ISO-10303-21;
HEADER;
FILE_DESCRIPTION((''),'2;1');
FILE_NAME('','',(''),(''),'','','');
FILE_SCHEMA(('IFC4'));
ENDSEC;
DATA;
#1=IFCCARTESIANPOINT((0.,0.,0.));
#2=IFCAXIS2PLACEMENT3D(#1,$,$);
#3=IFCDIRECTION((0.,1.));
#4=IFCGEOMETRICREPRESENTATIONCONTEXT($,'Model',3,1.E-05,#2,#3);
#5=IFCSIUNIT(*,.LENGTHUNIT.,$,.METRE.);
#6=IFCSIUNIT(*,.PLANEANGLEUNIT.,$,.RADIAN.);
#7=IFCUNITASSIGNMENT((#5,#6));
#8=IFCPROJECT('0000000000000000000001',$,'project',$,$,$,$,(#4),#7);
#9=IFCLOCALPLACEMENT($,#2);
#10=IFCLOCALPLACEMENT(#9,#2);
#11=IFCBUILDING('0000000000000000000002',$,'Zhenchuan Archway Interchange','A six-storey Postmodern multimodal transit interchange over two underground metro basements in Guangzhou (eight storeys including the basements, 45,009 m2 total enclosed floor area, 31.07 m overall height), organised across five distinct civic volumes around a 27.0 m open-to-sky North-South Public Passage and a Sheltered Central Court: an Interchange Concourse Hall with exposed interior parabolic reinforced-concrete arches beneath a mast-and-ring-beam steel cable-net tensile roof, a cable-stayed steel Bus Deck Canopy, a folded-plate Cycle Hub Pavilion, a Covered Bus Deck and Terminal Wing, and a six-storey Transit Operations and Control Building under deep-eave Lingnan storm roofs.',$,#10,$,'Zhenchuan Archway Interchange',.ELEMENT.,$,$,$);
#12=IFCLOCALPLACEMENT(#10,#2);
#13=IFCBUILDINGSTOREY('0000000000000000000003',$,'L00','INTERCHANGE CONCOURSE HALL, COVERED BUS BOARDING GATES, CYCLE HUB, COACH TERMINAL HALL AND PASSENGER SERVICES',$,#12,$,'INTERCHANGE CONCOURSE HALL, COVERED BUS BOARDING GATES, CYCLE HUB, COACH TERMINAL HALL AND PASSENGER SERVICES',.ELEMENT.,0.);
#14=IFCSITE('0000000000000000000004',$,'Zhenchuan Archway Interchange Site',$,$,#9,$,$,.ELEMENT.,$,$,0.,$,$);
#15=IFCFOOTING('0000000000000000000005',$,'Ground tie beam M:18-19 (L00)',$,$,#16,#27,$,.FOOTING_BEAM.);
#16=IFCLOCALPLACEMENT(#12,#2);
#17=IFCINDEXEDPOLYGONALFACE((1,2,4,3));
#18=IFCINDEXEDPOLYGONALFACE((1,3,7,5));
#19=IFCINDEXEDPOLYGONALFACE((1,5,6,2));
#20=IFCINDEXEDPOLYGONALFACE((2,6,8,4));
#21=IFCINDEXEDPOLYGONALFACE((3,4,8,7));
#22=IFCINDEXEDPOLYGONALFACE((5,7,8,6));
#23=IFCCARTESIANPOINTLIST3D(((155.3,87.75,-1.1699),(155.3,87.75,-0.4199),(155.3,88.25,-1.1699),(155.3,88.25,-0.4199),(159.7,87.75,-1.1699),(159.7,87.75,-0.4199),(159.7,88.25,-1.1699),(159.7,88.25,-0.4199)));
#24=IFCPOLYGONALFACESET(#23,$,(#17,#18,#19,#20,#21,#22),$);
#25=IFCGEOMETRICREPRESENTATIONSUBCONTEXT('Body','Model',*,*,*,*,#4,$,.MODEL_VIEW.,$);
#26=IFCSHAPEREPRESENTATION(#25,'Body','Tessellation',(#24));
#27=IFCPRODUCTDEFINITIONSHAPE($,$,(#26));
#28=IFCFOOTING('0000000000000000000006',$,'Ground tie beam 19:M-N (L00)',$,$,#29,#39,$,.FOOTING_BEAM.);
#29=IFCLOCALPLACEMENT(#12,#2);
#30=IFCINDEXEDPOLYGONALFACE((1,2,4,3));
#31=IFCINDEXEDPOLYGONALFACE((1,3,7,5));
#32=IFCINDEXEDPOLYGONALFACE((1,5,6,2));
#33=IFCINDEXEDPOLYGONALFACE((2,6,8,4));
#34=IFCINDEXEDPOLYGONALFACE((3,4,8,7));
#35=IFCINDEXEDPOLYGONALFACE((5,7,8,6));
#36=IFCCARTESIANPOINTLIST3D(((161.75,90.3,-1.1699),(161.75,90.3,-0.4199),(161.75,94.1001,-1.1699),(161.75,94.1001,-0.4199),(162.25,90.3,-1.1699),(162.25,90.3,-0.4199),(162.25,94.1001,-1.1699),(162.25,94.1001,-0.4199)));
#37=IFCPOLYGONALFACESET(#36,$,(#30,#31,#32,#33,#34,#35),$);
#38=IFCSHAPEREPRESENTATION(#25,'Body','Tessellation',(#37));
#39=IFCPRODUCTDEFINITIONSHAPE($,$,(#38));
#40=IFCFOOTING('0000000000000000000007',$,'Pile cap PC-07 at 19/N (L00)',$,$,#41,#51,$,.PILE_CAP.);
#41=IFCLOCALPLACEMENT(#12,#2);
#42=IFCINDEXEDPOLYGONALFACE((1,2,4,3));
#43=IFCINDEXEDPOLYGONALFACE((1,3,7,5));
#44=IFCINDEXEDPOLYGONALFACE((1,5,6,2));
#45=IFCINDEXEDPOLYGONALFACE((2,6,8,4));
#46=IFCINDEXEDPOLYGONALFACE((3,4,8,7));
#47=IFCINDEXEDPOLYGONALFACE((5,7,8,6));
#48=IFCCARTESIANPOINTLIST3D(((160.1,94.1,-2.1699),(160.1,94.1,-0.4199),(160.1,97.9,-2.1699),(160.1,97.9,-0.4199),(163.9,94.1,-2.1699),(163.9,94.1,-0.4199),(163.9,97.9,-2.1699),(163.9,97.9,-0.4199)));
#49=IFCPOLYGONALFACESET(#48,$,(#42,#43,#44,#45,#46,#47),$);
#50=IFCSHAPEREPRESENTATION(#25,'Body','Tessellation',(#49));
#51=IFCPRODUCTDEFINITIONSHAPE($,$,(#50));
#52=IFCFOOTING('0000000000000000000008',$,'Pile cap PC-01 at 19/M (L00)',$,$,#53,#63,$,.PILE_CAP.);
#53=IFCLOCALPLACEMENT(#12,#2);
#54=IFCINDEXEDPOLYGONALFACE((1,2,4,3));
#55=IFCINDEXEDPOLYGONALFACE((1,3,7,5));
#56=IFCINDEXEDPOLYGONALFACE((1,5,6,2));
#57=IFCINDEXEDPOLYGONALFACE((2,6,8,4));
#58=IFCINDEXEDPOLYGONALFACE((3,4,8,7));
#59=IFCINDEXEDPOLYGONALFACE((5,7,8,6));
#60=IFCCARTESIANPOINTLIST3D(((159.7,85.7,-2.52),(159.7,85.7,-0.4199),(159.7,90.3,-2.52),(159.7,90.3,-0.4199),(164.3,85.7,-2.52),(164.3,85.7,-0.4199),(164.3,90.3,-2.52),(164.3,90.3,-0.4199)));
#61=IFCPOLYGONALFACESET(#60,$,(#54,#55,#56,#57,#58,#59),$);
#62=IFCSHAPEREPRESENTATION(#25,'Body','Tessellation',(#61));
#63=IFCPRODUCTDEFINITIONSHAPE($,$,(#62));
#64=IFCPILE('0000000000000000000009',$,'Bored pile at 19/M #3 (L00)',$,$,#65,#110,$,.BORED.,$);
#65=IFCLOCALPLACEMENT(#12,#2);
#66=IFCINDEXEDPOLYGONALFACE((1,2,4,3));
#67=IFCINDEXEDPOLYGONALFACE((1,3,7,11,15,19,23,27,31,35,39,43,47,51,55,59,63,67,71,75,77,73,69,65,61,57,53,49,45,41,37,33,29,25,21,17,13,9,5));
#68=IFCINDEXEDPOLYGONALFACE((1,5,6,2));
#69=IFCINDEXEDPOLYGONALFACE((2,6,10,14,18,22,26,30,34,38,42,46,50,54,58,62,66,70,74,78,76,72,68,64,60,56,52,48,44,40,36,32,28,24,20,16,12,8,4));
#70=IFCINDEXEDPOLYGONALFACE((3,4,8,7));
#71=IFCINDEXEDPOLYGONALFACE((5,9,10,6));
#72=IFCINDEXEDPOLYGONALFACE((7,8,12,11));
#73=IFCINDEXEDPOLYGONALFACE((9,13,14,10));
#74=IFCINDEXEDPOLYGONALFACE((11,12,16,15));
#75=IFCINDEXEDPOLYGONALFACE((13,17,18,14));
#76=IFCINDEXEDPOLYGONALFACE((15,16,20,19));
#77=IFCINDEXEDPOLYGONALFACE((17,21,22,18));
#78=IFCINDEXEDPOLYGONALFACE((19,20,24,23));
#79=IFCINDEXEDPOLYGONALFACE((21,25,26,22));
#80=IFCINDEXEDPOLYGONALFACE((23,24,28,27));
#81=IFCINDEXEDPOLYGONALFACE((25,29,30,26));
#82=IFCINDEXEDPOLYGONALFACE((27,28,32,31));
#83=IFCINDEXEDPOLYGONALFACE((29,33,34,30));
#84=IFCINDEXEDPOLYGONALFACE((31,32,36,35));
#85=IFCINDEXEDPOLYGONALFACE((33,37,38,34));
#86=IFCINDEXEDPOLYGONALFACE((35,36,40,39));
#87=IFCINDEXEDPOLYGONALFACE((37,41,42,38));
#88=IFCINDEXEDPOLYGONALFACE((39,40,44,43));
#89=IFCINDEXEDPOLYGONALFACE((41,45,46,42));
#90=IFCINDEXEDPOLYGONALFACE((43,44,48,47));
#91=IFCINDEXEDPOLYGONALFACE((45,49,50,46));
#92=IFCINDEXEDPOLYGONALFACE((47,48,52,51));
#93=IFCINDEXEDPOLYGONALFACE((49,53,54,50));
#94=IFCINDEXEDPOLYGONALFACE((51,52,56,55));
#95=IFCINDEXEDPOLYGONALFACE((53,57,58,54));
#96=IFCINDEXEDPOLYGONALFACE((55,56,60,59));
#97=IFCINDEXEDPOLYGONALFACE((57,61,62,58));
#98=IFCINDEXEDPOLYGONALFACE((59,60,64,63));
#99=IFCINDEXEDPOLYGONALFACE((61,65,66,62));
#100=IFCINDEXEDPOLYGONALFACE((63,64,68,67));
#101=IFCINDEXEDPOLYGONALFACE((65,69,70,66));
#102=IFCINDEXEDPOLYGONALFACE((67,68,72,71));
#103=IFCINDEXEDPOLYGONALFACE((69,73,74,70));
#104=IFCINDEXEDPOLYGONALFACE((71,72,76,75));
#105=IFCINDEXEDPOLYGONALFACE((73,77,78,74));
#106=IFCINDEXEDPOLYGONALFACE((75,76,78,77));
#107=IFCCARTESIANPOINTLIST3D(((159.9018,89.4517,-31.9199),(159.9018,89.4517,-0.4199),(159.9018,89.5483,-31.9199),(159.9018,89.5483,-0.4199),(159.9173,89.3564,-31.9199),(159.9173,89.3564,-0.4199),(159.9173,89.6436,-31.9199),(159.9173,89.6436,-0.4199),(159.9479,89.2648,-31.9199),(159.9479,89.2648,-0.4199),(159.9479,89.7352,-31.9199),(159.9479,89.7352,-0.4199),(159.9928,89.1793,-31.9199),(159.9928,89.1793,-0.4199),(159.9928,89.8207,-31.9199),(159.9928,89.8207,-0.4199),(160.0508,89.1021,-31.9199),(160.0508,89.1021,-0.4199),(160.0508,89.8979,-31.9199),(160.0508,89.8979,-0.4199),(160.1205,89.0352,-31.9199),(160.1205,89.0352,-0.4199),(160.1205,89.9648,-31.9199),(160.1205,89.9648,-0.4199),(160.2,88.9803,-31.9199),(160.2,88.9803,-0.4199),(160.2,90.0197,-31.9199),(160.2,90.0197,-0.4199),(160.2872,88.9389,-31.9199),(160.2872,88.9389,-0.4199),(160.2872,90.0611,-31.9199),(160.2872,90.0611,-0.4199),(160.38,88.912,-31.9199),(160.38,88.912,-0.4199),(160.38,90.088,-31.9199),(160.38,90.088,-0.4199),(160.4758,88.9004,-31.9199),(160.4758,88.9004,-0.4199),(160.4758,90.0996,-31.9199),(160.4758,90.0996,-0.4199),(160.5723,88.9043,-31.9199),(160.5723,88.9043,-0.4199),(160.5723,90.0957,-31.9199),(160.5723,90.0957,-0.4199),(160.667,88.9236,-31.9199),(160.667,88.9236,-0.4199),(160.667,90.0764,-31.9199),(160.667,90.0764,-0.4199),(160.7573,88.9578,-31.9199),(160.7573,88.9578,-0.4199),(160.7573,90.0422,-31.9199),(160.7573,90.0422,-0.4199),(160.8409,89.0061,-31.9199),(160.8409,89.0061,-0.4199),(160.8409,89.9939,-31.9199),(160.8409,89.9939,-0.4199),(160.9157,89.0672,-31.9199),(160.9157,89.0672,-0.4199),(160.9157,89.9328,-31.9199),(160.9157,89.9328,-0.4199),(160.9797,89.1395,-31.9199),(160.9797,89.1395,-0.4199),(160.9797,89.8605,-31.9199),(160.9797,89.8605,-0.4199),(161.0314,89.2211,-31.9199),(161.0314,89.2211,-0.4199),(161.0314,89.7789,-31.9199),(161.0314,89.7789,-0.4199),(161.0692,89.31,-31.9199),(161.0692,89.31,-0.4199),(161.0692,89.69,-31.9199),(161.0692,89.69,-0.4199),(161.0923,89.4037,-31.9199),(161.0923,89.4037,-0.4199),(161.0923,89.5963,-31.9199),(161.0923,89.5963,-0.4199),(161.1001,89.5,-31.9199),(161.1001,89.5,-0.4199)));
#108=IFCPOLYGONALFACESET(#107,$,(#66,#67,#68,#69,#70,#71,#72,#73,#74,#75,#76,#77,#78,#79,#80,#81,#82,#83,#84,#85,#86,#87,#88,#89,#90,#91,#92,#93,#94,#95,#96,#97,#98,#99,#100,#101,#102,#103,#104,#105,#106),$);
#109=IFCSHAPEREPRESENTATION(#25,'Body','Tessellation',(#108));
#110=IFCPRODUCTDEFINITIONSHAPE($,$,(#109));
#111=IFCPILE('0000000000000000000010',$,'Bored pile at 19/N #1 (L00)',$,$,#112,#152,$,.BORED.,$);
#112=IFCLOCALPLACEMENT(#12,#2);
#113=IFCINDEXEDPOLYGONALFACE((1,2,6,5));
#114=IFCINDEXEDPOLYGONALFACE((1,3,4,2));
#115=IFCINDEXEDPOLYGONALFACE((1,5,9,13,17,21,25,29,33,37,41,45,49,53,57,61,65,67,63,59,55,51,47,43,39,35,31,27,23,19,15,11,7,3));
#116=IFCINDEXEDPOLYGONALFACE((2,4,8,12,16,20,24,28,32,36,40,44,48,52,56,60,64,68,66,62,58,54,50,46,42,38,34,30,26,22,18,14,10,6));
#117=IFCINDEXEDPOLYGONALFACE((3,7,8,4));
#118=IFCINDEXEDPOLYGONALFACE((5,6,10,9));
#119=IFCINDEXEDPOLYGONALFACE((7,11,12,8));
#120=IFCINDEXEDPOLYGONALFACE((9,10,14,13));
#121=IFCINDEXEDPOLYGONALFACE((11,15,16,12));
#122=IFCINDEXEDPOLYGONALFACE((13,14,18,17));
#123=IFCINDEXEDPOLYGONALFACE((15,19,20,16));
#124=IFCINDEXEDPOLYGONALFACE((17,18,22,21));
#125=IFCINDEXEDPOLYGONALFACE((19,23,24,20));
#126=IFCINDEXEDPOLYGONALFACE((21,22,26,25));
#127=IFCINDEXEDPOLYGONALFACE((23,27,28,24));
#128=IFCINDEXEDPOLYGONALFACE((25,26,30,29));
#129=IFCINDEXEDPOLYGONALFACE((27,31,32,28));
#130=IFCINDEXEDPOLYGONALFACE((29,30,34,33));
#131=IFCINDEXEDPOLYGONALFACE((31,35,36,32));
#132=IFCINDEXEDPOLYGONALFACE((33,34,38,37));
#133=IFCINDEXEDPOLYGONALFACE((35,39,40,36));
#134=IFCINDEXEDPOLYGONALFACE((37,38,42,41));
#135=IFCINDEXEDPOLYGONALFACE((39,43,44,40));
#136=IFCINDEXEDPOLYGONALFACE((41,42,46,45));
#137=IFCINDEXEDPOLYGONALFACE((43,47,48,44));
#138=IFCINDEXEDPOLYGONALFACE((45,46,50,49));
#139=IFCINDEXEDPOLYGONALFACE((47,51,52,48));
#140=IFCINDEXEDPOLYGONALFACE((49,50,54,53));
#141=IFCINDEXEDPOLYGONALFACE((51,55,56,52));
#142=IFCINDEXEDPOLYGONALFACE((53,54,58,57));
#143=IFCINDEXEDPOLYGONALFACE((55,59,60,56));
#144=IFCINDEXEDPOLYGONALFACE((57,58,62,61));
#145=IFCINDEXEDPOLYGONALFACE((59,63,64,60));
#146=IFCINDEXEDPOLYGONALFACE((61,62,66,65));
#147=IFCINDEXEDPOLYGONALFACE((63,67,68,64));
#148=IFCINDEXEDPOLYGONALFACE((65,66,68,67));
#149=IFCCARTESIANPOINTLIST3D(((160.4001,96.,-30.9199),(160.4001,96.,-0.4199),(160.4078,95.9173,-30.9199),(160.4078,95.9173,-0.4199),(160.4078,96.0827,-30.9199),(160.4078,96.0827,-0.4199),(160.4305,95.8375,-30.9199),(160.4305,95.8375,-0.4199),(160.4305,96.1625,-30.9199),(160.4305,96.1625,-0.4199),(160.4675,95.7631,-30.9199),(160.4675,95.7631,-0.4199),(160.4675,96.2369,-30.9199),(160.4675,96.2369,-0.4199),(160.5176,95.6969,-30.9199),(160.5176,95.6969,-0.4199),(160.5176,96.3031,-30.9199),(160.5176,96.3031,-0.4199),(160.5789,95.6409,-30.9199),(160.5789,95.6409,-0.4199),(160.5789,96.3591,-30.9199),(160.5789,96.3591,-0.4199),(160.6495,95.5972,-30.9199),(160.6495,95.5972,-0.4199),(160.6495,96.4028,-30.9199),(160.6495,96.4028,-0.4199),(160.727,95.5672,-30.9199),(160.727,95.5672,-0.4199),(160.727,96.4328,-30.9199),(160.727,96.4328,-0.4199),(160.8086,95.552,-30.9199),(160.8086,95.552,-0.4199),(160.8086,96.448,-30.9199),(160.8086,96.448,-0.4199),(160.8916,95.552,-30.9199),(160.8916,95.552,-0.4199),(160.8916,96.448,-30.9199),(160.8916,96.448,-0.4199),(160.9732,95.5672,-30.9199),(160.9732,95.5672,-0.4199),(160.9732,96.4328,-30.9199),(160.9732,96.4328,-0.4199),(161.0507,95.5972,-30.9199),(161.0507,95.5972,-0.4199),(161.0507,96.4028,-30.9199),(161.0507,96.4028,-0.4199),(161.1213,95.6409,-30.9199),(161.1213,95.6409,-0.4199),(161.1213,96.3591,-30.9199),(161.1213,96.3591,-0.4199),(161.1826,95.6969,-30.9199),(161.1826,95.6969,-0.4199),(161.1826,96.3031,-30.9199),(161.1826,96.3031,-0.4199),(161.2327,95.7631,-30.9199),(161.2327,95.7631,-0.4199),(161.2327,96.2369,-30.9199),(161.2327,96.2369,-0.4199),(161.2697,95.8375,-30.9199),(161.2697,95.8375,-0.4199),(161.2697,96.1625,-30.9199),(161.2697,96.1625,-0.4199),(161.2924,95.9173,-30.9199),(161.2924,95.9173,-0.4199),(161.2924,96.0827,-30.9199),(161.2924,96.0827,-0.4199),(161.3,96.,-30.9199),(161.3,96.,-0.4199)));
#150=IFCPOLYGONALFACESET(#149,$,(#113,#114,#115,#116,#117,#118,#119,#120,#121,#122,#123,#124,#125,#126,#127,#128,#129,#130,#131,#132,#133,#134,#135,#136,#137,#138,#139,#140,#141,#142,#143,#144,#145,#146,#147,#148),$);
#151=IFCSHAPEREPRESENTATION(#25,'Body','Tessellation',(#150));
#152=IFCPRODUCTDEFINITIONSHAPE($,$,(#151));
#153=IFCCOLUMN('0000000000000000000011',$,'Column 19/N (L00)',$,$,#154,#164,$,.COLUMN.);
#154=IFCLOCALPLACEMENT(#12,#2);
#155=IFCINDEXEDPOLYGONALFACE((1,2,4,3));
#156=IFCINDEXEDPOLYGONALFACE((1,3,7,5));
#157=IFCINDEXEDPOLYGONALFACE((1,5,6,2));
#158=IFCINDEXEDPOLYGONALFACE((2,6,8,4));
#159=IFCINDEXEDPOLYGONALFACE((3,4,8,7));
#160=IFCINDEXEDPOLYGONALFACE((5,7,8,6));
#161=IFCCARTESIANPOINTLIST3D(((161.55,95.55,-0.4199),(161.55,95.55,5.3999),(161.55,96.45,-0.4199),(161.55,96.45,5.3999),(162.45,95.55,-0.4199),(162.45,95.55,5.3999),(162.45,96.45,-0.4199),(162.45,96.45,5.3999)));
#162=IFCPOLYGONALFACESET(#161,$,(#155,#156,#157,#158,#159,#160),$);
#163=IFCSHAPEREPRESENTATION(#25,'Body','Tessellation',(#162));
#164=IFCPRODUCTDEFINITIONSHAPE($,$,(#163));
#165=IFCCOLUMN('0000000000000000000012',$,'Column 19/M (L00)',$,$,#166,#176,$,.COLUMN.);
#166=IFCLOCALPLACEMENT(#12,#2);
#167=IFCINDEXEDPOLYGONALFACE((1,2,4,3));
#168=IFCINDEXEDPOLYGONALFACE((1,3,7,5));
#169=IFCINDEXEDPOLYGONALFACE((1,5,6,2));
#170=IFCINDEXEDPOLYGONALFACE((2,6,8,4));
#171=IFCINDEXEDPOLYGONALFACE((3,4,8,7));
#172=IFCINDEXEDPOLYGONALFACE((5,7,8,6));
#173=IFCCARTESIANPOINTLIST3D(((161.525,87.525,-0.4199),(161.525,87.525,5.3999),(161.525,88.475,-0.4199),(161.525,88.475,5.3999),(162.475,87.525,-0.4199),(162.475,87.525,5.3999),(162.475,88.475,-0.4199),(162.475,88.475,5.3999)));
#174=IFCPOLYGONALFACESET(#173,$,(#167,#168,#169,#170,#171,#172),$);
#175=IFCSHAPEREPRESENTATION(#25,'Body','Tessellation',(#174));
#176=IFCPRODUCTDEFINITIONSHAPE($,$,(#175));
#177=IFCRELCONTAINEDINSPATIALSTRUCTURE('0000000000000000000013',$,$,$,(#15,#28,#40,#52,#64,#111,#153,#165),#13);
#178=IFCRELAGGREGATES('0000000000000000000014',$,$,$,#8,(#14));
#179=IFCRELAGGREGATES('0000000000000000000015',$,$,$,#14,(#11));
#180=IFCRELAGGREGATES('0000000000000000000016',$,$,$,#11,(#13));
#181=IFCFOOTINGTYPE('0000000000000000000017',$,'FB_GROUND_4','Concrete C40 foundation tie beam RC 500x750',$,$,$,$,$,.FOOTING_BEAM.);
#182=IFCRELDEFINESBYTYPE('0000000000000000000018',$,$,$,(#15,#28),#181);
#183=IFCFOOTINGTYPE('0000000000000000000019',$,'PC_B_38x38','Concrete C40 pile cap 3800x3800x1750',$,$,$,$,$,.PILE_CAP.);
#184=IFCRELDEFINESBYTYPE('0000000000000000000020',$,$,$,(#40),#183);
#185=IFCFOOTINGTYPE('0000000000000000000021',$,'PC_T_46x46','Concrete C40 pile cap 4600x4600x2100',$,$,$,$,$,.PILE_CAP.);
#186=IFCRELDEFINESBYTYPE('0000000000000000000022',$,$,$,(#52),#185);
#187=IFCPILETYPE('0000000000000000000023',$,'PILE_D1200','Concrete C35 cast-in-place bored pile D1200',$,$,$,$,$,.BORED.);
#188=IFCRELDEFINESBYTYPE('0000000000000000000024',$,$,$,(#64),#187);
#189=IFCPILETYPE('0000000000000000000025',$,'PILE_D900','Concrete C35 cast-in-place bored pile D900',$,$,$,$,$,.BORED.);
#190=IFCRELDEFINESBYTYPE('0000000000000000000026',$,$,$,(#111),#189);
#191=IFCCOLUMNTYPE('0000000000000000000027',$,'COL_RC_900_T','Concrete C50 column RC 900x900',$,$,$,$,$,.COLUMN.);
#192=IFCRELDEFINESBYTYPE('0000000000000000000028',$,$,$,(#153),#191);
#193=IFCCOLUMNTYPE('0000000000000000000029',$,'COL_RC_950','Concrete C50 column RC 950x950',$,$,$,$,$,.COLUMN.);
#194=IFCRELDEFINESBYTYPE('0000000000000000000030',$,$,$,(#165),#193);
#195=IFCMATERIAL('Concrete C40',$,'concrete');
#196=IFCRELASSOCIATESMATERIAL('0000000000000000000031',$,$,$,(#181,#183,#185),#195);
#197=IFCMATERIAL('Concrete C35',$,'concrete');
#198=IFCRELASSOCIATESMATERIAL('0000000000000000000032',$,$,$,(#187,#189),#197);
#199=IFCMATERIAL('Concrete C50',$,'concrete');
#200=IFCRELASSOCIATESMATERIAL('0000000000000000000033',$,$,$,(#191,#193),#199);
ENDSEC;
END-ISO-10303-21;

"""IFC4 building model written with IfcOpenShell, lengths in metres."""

from ifc_helpers import new_model, si_unit, direction, frame, origin, origin_2d, place, context, subcontext, project, spatial, rectangle, circle, extrude, material, material_profile, profile_set, type_object, element, save


model = new_model("IFC4")

# Units and contexts
model_context = context("Model", 3, precision=1e-05, world=origin(), true_north=direction((0.0, 1.0)))
body_context = subcontext(model_context, "Body", "Model", "MODEL_VIEW")
ifc_project = project(units=[si_unit("LENGTHUNIT", "METRE"), si_unit("PLANEANGLEUNIT", "RADIAN")], contexts=[model_context])

# Site, building, storey
site_placement = place(None, origin())
site = spatial("IfcSite", under=ifc_project, at=site_placement, Name="Zhenchuan Archway Interchange Site", CompositionType="ELEMENT", RefElevation=0.0)
building_placement = place(site_placement, origin())
building = spatial("IfcBuilding", under=site, at=building_placement, Name="Zhenchuan Archway Interchange", Description="A six-storey Postmodern multimodal transit interchange over two underground metro basements in Guangzhou (eight storeys including the basements, 45,009 m2 total enclosed floor area, 31.07 m overall height), organised across five distinct civic volumes around a 27.0 m open-to-sky North-South Public Passage and a Sheltered Central Court: an Interchange Concourse Hall with exposed interior parabolic reinforced-concrete arches beneath a mast-and-ring-beam steel cable-net tensile roof, a cable-stayed steel Bus Deck Canopy, a folded-plate Cycle Hub Pavilion, a Covered Bus Deck and Terminal Wing, and a six-storey Transit Operations and Control Building under deep-eave Lingnan storm roofs.", LongName="Zhenchuan Archway Interchange", CompositionType="ELEMENT")
storey_placement = place(building_placement, origin())
storey = spatial("IfcBuildingStorey", under=building, at=storey_placement, Name="L00", Description="INTERCHANGE CONCOURSE HALL, COVERED BUS BOARDING GATES, CYCLE HUB, COACH TERMINAL HALL AND PASSENGER SERVICES", LongName="INTERCHANGE CONCOURSE HALL, COVERED BUS BOARDING GATES, CYCLE HUB, COACH TERMINAL HALL AND PASSENGER SERVICES", CompositionType="ELEMENT", Elevation=0.0)

# Footings
ifc_material_1 = material(Name="Concrete C40", Category="concrete")
ifc_material_profile_1 = material_profile(ifc_material_1, rectangle(XDim=0.5, YDim=0.75, at=origin_2d()), Name="RC 500x750")
ifc_profile_set_1 = profile_set([ifc_material_profile_1], Name="Concrete C40")
footing_type_1 = type_object("IfcFootingType", Name="FB_GROUND_4", Description="Concrete C40 foundation tie beam RC 500x750", PredefinedType="FOOTING_BEAM", material=ifc_profile_set_1)
footing_1_placement = place(storey_placement, frame((155.3, 88.0, -0.7949), z_axis=(1.0, 0.0, 0.0), x_axis=(0.0, 1.0, 0.0)))
element("IfcFooting", 1, at=footing_1_placement, inside=storey, type_object=footing_type_1, Name="Ground tie beam M:18-19 (L00)", PredefinedType="FOOTING_BEAM", context=body_context, shape_type="SweptSolid", body=[
    extrude(rectangle(XDim=0.5, YDim=0.75, at=origin_2d()), origin(), (0.0, 0.0, 1.0), 4.3999),
])
footing_2_placement = place(storey_placement, frame((162.0, 90.3, -0.7949), z_axis=(0.0, 1.0, 0.0), x_axis=(-1.0, 0.0, 0.0)))
element("IfcFooting", 2, at=footing_2_placement, inside=storey, type_object=footing_type_1, Name="Ground tie beam 19:M-N (L00)", PredefinedType="FOOTING_BEAM", context=body_context, shape_type="SweptSolid", body=[
    extrude(rectangle(XDim=0.5, YDim=0.75, at=origin_2d()), origin(), (0.0, 0.0, 1.0), 3.8),
])
footing_type_2 = type_object("IfcFootingType", Name="PC_B_38x38", Description="Concrete C40 pile cap 3800x3800x1750", PredefinedType="PILE_CAP", material=ifc_material_1)
footing_3_placement = place(storey_placement, frame((162.0, 96.0, -2.1699), z_axis=(0.0, 0.0, 1.0), x_axis=(1.0, 0.0, 0.0)))
element("IfcFooting", 3, at=footing_3_placement, inside=storey, type_object=footing_type_2, Name="Pile cap PC-07 at 19/N (L00)", PredefinedType="PILE_CAP", context=body_context, shape_type="SweptSolid", body=[
    extrude(rectangle(XDim=3.8, YDim=3.8, at=origin_2d()), origin(), (0.0, 0.0, 1.0), 1.75),
])
footing_type_3 = type_object("IfcFootingType", Name="PC_T_46x46", Description="Concrete C40 pile cap 4600x4600x2100", PredefinedType="PILE_CAP", material=ifc_material_1)
footing_4_placement = place(storey_placement, frame((162.0, 88.0, -2.52), z_axis=(0.0, 0.0, 1.0), x_axis=(1.0, 0.0, 0.0)))
element("IfcFooting", 4, at=footing_4_placement, inside=storey, type_object=footing_type_3, Name="Pile cap PC-01 at 19/M (L00)", PredefinedType="PILE_CAP", context=body_context, shape_type="SweptSolid", body=[
    extrude(rectangle(XDim=4.6001, YDim=4.6001, at=origin_2d()), origin(), (0.0, 0.0, 1.0), 2.1001),
])

# Piles
ifc_material_2 = material(Name="Concrete C35", Category="concrete")
ifc_material_profile_2 = material_profile(ifc_material_2, circle(Radius=0.6001, at=origin_2d()), Name="BORED PILE 1200")
ifc_profile_set_2 = profile_set([ifc_material_profile_2], Name="Concrete C35")
pile_type_1 = type_object("IfcPileType", Name="PILE_D1200", Description="Concrete C35 cast-in-place bored pile D1200", PredefinedType="BORED", material=ifc_profile_set_2)
pile_1_placement = place(storey_placement, frame((160.5, 89.5, -0.4199), z_axis=(0.0, 0.0, -1.0), x_axis=(1.0, 0.0, 0.0)))
element("IfcPile", 5, at=pile_1_placement, inside=storey, type_object=pile_type_1, Name="Bored pile at 19/M #3 (L00)", PredefinedType="BORED", context=body_context, shape_type="SweptSolid", body=[
    extrude(circle(Radius=0.6001, at=origin_2d()), origin(), (0.0, 0.0, 1.0), 31.5),
])
ifc_material_profile_3 = material_profile(ifc_material_2, circle(Radius=0.45, at=origin_2d()), Name="BORED PILE 900")
ifc_profile_set_3 = profile_set([ifc_material_profile_3], Name="Concrete C35")
pile_type_2 = type_object("IfcPileType", Name="PILE_D900", Description="Concrete C35 cast-in-place bored pile D900", PredefinedType="BORED", material=ifc_profile_set_3)
pile_2_placement = place(storey_placement, frame((160.8501, 96.0, -0.4199), z_axis=(0.0, 0.0, -1.0), x_axis=(1.0, 0.0, 0.0)))
element("IfcPile", 6, at=pile_2_placement, inside=storey, type_object=pile_type_2, Name="Bored pile at 19/N #1 (L00)", PredefinedType="BORED", context=body_context, shape_type="SweptSolid", body=[
    extrude(circle(Radius=0.45, at=origin_2d()), origin(), (0.0, 0.0, 1.0), 30.5),
])

# Columns
ifc_material_3 = material(Name="Concrete C50", Category="concrete")
ifc_material_profile_4 = material_profile(ifc_material_3, rectangle(XDim=0.8999, YDim=0.8999, at=origin_2d()), Name="RC 900x900")
ifc_profile_set_4 = profile_set([ifc_material_profile_4], Name="Concrete C50")
column_type_1 = type_object("IfcColumnType", Name="COL_RC_900_T", Description="Concrete C50 column RC 900x900", PredefinedType="COLUMN", material=ifc_profile_set_4)
column_1_placement = place(storey_placement, frame((162.0, 96.0, -0.4199), z_axis=(0.0, 0.0, 1.0), x_axis=(1.0, 0.0, 0.0)))
element("IfcColumn", 7, at=column_1_placement, inside=storey, type_object=column_type_1, Name="Column 19/N (L00)", PredefinedType="COLUMN", context=body_context, shape_type="SweptSolid", body=[
    extrude(rectangle(XDim=0.8999, YDim=0.8999, at=origin_2d()), origin(), (0.0, 0.0, 1.0), 5.8198),
])
ifc_material_profile_5 = material_profile(ifc_material_3, rectangle(XDim=0.95, YDim=0.95, at=origin_2d()), Name="RC 950x950")
ifc_profile_set_5 = profile_set([ifc_material_profile_5], Name="Concrete C50")
column_type_2 = type_object("IfcColumnType", Name="COL_RC_950", Description="Concrete C50 column RC 950x950", PredefinedType="COLUMN", material=ifc_profile_set_5)
column_2_placement = place(storey_placement, frame((162.0, 88.0, -0.4199), z_axis=(0.0, 0.0, 1.0), x_axis=(1.0, 0.0, 0.0)))
element("IfcColumn", 8, at=column_2_placement, inside=storey, type_object=column_type_2, Name="Column 19/M (L00)", PredefinedType="COLUMN", context=body_context, shape_type="SweptSolid", body=[
    extrude(rectangle(XDim=0.95, YDim=0.95, at=origin_2d()), origin(), (0.0, 0.0, 1.0), 5.8198),
])

save(model, "model.ifc")
